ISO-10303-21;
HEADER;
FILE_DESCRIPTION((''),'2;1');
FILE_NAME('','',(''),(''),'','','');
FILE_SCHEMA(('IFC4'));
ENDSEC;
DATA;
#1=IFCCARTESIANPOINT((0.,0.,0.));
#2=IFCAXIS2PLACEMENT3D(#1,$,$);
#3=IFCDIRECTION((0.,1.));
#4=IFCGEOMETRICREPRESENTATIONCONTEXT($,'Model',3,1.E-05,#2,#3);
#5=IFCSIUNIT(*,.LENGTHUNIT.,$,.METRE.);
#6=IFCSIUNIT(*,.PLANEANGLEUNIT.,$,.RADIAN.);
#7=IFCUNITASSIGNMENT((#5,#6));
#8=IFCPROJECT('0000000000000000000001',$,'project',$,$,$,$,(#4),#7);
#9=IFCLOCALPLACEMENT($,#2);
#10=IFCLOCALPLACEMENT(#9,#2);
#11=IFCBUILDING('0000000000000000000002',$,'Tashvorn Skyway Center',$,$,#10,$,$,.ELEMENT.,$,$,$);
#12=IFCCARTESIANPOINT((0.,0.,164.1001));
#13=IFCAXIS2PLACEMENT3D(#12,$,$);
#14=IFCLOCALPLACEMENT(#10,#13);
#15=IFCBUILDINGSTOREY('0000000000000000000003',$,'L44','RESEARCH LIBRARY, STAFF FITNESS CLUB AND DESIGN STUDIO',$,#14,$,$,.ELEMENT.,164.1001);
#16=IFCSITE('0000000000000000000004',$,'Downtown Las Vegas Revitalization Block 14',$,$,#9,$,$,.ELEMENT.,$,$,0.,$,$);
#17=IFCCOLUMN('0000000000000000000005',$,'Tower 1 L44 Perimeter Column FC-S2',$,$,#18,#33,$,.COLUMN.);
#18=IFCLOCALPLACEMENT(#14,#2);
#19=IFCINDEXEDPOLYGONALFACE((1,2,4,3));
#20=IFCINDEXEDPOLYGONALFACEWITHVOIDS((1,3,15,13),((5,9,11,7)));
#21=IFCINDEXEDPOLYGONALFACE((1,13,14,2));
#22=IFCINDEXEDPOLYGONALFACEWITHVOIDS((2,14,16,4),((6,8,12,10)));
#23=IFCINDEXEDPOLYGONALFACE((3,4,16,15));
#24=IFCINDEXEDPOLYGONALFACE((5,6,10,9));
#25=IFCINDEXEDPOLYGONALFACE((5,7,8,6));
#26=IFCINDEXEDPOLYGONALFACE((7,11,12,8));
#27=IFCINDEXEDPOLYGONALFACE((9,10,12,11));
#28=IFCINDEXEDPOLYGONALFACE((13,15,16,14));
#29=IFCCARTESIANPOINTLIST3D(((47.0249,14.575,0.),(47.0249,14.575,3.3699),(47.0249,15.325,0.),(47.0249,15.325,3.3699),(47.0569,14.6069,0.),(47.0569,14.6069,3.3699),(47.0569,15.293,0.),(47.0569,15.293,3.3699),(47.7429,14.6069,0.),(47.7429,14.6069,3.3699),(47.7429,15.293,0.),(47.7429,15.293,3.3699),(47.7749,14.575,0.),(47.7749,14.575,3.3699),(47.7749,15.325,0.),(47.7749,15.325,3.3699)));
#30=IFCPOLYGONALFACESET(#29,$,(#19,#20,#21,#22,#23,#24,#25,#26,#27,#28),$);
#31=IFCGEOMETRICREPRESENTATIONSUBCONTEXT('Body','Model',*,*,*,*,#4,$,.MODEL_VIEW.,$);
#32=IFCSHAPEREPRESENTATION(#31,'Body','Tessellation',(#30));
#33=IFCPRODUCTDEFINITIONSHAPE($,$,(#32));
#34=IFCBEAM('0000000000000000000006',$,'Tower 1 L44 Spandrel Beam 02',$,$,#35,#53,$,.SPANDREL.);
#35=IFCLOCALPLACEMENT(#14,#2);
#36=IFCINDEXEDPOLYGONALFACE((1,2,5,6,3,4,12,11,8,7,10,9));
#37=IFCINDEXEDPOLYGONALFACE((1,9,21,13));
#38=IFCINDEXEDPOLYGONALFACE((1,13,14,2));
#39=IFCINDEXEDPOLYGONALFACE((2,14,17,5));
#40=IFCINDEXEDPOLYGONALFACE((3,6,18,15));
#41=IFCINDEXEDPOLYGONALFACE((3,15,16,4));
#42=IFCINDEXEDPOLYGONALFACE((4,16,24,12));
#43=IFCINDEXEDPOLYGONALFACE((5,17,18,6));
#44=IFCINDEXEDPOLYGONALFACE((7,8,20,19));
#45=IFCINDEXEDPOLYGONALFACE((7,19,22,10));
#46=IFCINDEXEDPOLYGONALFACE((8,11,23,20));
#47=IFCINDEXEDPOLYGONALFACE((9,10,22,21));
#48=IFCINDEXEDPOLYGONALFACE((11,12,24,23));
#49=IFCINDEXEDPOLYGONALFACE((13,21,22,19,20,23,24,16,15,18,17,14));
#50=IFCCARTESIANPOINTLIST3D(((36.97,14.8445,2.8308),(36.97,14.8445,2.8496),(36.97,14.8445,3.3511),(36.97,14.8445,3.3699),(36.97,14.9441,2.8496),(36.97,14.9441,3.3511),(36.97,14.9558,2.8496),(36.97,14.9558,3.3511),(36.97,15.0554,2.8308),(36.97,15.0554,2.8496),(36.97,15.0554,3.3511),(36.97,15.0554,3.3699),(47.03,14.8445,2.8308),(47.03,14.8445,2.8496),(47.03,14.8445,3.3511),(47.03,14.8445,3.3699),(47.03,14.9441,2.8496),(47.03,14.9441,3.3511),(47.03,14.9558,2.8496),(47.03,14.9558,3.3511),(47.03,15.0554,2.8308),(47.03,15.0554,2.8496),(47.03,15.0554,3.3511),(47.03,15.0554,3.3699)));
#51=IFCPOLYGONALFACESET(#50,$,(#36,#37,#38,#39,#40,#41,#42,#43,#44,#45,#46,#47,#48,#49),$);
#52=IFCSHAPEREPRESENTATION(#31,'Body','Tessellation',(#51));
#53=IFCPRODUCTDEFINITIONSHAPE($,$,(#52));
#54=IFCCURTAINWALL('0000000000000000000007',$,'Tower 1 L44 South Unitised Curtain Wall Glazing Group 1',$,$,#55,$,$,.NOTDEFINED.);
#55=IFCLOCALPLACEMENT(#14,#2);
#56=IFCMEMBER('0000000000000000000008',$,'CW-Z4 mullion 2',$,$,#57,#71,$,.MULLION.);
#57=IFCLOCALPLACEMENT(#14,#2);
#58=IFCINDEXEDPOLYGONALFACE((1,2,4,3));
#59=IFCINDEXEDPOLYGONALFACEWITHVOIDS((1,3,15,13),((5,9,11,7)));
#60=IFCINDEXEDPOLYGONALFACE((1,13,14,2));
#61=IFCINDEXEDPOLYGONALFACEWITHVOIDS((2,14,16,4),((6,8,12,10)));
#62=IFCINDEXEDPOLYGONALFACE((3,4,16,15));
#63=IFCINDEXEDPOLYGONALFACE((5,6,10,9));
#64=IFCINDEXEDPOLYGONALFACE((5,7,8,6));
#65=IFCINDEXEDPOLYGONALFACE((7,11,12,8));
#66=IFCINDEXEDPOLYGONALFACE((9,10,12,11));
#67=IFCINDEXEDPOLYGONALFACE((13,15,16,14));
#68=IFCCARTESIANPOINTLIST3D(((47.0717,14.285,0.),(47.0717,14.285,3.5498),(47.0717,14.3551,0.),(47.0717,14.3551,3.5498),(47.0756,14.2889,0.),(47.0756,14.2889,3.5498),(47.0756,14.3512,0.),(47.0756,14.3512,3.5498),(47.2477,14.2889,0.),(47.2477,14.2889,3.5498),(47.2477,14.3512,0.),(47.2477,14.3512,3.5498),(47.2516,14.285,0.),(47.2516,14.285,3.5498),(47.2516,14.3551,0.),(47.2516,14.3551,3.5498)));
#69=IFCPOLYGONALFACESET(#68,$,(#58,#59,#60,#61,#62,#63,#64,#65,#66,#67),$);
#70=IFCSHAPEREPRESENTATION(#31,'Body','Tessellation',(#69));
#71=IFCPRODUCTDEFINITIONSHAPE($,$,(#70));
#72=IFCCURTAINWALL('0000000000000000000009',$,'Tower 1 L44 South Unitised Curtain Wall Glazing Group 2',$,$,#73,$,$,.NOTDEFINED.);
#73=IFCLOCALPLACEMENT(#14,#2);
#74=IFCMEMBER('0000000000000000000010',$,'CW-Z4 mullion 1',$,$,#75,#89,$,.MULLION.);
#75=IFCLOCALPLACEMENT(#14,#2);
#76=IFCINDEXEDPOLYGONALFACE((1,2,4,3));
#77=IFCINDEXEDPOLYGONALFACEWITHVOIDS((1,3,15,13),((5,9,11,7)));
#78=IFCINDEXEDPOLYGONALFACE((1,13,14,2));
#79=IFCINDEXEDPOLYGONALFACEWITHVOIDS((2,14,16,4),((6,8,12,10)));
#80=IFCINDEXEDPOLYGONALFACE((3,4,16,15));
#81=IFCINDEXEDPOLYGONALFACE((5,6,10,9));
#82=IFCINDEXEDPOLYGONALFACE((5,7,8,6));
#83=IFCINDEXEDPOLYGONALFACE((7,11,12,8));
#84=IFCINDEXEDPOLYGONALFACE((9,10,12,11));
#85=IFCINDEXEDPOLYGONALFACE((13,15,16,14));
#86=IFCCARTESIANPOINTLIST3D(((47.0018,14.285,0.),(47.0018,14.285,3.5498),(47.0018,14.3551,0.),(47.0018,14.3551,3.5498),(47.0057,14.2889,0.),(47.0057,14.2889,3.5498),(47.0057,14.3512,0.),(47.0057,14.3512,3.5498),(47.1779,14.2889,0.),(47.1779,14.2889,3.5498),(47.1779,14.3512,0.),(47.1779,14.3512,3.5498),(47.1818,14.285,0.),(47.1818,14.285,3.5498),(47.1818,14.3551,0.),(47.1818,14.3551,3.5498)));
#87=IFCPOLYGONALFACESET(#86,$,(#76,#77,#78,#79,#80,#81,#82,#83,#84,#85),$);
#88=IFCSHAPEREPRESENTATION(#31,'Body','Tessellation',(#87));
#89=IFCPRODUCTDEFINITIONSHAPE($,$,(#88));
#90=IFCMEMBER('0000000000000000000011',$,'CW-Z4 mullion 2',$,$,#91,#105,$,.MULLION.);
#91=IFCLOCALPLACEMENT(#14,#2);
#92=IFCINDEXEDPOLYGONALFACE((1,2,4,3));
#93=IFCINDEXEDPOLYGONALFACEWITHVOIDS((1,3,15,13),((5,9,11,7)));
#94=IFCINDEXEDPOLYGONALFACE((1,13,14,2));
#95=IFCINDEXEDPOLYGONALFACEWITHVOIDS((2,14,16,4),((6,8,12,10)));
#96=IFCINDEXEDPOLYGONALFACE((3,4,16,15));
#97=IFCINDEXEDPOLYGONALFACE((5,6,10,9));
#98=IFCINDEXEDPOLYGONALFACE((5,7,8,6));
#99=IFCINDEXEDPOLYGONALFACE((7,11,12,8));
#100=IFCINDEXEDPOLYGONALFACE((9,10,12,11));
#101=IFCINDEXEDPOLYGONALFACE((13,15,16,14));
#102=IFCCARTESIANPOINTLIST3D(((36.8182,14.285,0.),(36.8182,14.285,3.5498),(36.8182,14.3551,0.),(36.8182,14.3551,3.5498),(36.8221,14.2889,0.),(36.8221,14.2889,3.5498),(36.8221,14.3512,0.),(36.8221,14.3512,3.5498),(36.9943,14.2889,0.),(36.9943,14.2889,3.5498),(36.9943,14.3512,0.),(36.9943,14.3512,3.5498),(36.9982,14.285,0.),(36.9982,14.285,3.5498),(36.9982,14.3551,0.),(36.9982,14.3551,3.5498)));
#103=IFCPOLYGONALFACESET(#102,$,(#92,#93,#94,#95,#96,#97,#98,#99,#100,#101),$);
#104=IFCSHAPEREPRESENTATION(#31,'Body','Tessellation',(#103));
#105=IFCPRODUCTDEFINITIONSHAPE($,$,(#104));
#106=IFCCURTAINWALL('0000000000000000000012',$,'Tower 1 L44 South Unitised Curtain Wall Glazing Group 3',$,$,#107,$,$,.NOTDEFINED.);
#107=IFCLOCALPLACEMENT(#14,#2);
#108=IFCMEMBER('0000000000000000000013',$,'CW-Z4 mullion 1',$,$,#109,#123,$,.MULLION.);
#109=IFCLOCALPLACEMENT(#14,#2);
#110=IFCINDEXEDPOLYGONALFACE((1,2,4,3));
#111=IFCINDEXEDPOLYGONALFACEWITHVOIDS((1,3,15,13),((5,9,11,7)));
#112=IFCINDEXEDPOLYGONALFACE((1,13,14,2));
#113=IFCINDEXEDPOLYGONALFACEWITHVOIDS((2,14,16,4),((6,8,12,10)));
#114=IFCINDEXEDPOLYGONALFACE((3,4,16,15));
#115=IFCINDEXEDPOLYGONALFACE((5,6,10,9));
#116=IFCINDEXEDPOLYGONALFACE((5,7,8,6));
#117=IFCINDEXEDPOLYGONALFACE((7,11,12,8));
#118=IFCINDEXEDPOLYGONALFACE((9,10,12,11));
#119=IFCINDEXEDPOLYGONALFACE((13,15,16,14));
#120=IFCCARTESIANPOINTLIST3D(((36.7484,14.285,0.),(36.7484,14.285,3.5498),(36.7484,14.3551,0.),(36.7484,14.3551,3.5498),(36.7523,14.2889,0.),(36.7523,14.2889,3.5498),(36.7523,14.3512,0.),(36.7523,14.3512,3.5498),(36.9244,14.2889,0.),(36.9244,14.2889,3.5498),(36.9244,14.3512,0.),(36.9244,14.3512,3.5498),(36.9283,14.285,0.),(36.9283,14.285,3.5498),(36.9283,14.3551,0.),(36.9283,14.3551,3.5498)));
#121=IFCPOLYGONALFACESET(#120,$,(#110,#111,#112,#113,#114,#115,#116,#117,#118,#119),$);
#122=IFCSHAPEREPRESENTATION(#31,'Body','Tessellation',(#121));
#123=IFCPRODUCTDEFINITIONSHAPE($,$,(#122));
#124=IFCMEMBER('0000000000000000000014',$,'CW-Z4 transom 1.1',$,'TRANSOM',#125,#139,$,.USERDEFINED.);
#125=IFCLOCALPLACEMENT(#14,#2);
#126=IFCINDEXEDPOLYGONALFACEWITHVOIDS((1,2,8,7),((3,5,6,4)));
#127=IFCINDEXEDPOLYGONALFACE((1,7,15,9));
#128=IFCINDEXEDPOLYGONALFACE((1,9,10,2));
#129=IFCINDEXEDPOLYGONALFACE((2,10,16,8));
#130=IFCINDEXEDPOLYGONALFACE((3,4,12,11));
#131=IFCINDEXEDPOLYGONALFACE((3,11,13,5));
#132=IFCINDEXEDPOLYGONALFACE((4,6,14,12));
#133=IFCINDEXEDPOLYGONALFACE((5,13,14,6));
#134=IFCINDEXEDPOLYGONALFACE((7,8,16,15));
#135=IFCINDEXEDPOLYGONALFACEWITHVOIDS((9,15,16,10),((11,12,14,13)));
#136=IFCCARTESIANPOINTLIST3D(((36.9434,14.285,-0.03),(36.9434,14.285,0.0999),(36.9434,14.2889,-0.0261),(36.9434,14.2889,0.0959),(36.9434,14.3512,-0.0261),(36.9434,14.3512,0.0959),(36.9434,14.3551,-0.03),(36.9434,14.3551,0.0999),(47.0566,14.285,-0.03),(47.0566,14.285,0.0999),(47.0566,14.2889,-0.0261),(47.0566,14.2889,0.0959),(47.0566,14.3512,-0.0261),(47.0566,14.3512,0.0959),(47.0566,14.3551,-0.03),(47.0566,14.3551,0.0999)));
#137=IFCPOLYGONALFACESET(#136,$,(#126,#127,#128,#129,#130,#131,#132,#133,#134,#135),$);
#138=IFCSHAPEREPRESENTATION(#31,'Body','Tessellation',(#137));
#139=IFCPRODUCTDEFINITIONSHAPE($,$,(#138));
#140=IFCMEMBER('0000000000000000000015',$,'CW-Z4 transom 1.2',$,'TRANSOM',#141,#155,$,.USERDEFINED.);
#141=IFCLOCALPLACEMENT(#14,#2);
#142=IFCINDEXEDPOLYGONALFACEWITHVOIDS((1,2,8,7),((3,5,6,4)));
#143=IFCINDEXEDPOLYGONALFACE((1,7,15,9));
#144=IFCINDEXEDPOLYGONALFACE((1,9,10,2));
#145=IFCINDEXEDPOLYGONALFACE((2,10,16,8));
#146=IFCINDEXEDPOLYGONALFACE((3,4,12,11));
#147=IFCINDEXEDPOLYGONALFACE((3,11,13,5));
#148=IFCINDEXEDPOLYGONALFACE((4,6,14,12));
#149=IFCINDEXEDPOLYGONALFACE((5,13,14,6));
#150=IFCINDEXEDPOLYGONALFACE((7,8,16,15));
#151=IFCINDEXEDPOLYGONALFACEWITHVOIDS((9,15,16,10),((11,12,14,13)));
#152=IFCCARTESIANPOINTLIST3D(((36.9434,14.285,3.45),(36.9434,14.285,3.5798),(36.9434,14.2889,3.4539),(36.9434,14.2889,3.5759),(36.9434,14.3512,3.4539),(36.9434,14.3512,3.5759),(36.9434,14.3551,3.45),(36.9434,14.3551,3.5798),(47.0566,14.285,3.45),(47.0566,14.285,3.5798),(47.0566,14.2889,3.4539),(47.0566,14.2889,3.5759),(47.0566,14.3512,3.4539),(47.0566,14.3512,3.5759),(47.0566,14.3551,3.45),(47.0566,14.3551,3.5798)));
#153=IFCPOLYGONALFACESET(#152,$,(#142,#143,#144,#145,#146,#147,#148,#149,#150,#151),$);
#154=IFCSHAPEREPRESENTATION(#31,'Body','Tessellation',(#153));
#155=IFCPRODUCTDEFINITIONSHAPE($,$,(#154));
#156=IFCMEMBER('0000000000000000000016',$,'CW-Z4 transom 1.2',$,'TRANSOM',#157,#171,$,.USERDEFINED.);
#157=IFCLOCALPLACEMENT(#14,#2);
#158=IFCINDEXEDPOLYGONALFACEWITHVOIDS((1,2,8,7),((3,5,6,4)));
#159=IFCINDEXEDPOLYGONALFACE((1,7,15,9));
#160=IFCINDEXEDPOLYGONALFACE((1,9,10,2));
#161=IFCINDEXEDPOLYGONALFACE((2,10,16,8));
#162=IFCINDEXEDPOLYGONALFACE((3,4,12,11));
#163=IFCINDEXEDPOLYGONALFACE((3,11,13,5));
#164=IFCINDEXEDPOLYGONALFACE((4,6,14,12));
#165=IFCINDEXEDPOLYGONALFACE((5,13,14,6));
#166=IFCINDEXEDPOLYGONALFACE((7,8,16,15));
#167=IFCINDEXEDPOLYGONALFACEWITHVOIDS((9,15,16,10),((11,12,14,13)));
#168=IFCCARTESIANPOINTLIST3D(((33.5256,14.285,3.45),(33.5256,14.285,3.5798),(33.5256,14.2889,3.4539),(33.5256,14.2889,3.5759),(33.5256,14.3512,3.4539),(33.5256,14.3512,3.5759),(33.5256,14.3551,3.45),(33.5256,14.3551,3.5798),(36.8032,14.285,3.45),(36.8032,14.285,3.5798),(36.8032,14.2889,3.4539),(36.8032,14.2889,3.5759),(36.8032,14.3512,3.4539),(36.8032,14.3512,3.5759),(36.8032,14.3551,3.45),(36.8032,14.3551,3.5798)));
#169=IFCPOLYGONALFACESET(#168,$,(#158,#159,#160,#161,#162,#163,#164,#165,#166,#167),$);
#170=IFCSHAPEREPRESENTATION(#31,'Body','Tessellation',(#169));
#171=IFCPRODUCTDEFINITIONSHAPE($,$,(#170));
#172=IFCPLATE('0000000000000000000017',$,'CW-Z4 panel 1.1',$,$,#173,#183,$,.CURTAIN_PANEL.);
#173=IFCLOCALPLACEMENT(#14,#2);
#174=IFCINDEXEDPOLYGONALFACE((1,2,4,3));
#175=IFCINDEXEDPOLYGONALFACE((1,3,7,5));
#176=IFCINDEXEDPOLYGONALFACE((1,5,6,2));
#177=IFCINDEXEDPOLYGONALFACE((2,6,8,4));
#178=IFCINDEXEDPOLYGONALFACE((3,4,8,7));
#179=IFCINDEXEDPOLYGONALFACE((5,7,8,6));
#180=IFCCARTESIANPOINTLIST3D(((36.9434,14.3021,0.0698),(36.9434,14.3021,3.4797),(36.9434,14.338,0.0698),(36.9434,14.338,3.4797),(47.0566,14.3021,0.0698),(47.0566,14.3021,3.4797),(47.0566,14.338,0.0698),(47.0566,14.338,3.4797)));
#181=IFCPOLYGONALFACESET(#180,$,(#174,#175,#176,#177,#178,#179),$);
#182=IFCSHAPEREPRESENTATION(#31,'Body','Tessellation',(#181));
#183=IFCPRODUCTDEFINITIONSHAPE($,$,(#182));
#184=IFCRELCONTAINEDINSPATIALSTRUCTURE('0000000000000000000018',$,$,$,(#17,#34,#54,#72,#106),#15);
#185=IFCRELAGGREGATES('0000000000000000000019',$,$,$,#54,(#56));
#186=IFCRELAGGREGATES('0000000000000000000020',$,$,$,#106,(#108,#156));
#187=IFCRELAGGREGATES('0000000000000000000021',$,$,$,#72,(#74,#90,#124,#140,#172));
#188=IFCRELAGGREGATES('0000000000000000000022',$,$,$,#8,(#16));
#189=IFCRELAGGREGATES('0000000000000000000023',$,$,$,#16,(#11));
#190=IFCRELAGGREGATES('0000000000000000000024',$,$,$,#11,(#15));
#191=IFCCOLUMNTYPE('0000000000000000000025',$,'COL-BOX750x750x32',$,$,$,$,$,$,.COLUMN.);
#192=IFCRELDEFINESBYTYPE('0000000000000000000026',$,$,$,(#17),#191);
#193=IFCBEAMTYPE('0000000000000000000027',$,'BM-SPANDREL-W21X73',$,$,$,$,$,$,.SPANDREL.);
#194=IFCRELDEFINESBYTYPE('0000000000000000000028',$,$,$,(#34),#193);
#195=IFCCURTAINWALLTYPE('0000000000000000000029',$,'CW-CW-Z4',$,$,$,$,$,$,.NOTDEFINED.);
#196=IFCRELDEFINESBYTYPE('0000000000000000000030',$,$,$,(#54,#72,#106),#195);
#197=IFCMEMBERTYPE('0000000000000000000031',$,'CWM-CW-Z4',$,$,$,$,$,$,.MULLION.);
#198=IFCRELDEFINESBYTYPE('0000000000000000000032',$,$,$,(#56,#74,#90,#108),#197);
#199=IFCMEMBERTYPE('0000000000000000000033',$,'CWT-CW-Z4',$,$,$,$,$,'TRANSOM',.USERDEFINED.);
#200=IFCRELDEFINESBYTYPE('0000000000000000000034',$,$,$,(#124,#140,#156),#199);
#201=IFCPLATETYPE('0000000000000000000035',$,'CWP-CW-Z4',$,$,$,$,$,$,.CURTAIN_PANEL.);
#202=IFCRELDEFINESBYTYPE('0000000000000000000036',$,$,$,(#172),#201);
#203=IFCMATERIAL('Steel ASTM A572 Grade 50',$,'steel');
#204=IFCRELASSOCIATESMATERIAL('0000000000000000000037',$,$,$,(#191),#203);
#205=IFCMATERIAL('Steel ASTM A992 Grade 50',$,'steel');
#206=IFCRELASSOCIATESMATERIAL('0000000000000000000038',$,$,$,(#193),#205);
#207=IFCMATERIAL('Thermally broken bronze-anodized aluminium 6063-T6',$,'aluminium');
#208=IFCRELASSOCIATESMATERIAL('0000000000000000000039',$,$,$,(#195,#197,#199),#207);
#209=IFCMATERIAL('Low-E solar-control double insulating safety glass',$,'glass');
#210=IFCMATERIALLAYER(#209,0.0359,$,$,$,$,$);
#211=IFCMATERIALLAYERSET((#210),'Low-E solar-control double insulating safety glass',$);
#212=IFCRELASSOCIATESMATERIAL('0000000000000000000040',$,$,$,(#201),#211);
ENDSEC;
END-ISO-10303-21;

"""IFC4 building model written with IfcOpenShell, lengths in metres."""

from ifc_helpers import new_model, si_unit, direction, frame, origin, origin_2d, place, context, subcontext, project, spatial, rectangle, hollow_rectangle, i_section, extrude, material, layer, layer_set, material_profile, profile_set, type_object, element, aggregate, save


model = new_model("IFC4")

# Units and contexts
model_context = context("Model", 3, precision=1e-05, world=origin(), true_north=direction((0.0, 1.0)))
body_context = subcontext(model_context, "Body", "Model", "MODEL_VIEW")
ifc_project = project(units=[si_unit("LENGTHUNIT", "METRE"), si_unit("PLANEANGLEUNIT", "RADIAN")], contexts=[model_context])

# Site, building, storey
site_placement = place(None, origin())
site = spatial("IfcSite", under=ifc_project, at=site_placement, Name="Downtown Las Vegas Revitalization Block 14", CompositionType="ELEMENT", RefElevation=0.0)
building_placement = place(site_placement, origin())
building = spatial("IfcBuilding", under=site, at=building_placement, Name="Tashvorn Skyway Center", CompositionType="ELEMENT")
storey_placement = place(building_placement, frame((0.0, 0.0, 164.1001)))
storey = spatial("IfcBuildingStorey", under=building, at=storey_placement, Name="L44", Description="RESEARCH LIBRARY, STAFF FITNESS CLUB AND DESIGN STUDIO", CompositionType="ELEMENT", Elevation=164.1001)

# Column
ifc_material_1 = material(Name="Steel ASTM A572 Grade 50", Category="steel")
ifc_material_profile_1 = material_profile(ifc_material_1, hollow_rectangle(XDim=0.75, YDim=0.75, WallThickness=0.032, at=origin_2d()), Name="BOX750x750x32")
ifc_profile_set_1 = profile_set([ifc_material_profile_1], Name="Steel ASTM A572 Grade 50")
column_type = type_object("IfcColumnType", Name="COL-BOX750x750x32", PredefinedType="COLUMN", material=ifc_profile_set_1)
column_placement = place(storey_placement, frame((47.3999, 14.95, 0.0), z_axis=(0.0, 0.0, 1.0), x_axis=(1.0, 0.0, 0.0)))
element("IfcColumn", 1, at=column_placement, inside=storey, type_object=column_type, Name="Tower 1 L44 Perimeter Column FC-S2", PredefinedType="COLUMN", context=body_context, shape_type="SweptSolid", body=[
    extrude(hollow_rectangle(XDim=0.75, YDim=0.75, WallThickness=0.032, at=origin_2d()), origin(), (0.0, 0.0, 1.0), 3.3699),
])

# Beam
ifc_material_2 = material(Name="Steel ASTM A992 Grade 50", Category="steel")
ifc_material_profile_2 = material_profile(ifc_material_2, i_section(OverallWidth=0.2109, OverallDepth=0.5391, WebThickness=0.0117, FlangeThickness=0.0188, at=origin_2d()), Name="W21X73")
ifc_profile_set_2 = profile_set([ifc_material_profile_2], Name="Steel ASTM A992 Grade 50")
beam_type = type_object("IfcBeamType", Name="BM-SPANDREL-W21X73", PredefinedType="SPANDREL", material=ifc_profile_set_2)
beam_placement = place(storey_placement, frame((36.97, 14.95, 3.1003), z_axis=(1.0, 0.0, 0.0), x_axis=(0.0, 1.0, 0.0)))
element("IfcBeam", 2, at=beam_placement, inside=storey, type_object=beam_type, Name="Tower 1 L44 Spandrel Beam 02", PredefinedType="SPANDREL", context=body_context, shape_type="SweptSolid", body=[
    extrude(i_section(OverallWidth=0.2109, OverallDepth=0.5391, WebThickness=0.0117, FlangeThickness=0.0188, at=origin_2d()), origin(), (0.0, 0.0, 1.0), 10.0601),
])

# Curtain wall, member
ifc_material_3 = material(Name="Thermally broken bronze-anodized aluminium 6063-T6", Category="aluminium")
curtain_wall_type = type_object("IfcCurtainWallType", Name="CW-CW-Z4", PredefinedType="NOTDEFINED", material=ifc_material_3)
curtain_wall_1_placement = place(storey_placement, origin())
curtain_wall_1 = element("IfcCurtainWall", 3, at=curtain_wall_1_placement, inside=storey, type_object=curtain_wall_type, Name="Tower 1 L44 South Unitised Curtain Wall Glazing Group 1", PredefinedType="NOTDEFINED")
ifc_material_profile_3 = material_profile(ifc_material_3, hollow_rectangle(XDim=0.0701, YDim=0.1799, WallThickness=0.0039, at=origin_2d()), Name="ALU-MULL-70x180")
ifc_profile_set_3 = profile_set([ifc_material_profile_3], Name="Thermally broken bronze-anodized aluminium 6063-T6")
member_type_1 = type_object("IfcMemberType", Name="CWM-CW-Z4", PredefinedType="MULLION", material=ifc_profile_set_3)
member_1_placement = place(storey_placement, frame((47.1616, 14.3201, 0.0), z_axis=(0.0, 0.0, 1.0), x_axis=(0.0, -1.0, 0.0)))
member_1 = element("IfcMember", 4, at=member_1_placement, type_object=member_type_1, Name="CW-Z4 mullion 2", PredefinedType="MULLION", context=body_context, shape_type="SweptSolid", body=[
    extrude(hollow_rectangle(XDim=0.0701, YDim=0.1799, WallThickness=0.0039, at=origin_2d()), origin(), (0.0, 0.0, 1.0), 3.5498),
])
aggregate(curtain_wall_1, [member_1])

# Curtain wall, members
curtain_wall_2_placement = place(storey_placement, origin())
curtain_wall_2 = element("IfcCurtainWall", 5, at=curtain_wall_2_placement, inside=storey, type_object=curtain_wall_type, Name="Tower 1 L44 South Unitised Curtain Wall Glazing Group 2", PredefinedType="NOTDEFINED")
member_2_placement = place(storey_placement, frame((47.0918, 14.3201, 0.0), z_axis=(0.0, 0.0, 1.0), x_axis=(0.0, -1.0, 0.0)))
member_2 = element("IfcMember", 6, at=member_2_placement, type_object=member_type_1, Name="CW-Z4 mullion 1", PredefinedType="MULLION", context=body_context, shape_type="SweptSolid", body=[
    extrude(hollow_rectangle(XDim=0.0701, YDim=0.1799, WallThickness=0.0039, at=origin_2d()), origin(), (0.0, 0.0, 1.0), 3.5498),
])
member_3_placement = place(storey_placement, frame((36.9082, 14.3201, 0.0), z_axis=(0.0, 0.0, 1.0), x_axis=(0.0, -1.0, 0.0)))
member_3 = element("IfcMember", 7, at=member_3_placement, type_object=member_type_1, Name="CW-Z4 mullion 2", PredefinedType="MULLION", context=body_context, shape_type="SweptSolid", body=[
    extrude(hollow_rectangle(XDim=0.0701, YDim=0.1799, WallThickness=0.0039, at=origin_2d()), origin(), (0.0, 0.0, 1.0), 3.5498),
])

# Curtain wall, member
curtain_wall_3_placement = place(storey_placement, origin())
curtain_wall_3 = element("IfcCurtainWall", 8, at=curtain_wall_3_placement, inside=storey, type_object=curtain_wall_type, Name="Tower 1 L44 South Unitised Curtain Wall Glazing Group 3", PredefinedType="NOTDEFINED")
member_4_placement = place(storey_placement, frame((36.8384, 14.3201, 0.0), z_axis=(0.0, 0.0, 1.0), x_axis=(0.0, -1.0, 0.0)))
member_4 = element("IfcMember", 9, at=member_4_placement, type_object=member_type_1, Name="CW-Z4 mullion 1", PredefinedType="MULLION", context=body_context, shape_type="SweptSolid", body=[
    extrude(hollow_rectangle(XDim=0.0701, YDim=0.1799, WallThickness=0.0039, at=origin_2d()), origin(), (0.0, 0.0, 1.0), 3.5498),
])

# Members
ifc_material_profile_4 = material_profile(ifc_material_3, hollow_rectangle(XDim=0.0701, YDim=0.1299, WallThickness=0.0039, at=origin_2d()), Name="ALU-TRAN-70x130")
ifc_profile_set_4 = profile_set([ifc_material_profile_4], Name="Thermally broken bronze-anodized aluminium 6063-T6")
member_type_2 = type_object("IfcMemberType", Name="CWT-CW-Z4", ElementType="TRANSOM", PredefinedType="USERDEFINED", material=ifc_profile_set_4)
member_5_placement = place(storey_placement, frame((47.0566, 14.3201, 0.0349), z_axis=(-1.0, 0.0, 0.0), x_axis=(0.0, -1.0, 0.0)))
member_5 = element("IfcMember", 10, at=member_5_placement, type_object=member_type_2, Name="CW-Z4 transom 1.1", ObjectType="TRANSOM", PredefinedType="USERDEFINED", context=body_context, shape_type="SweptSolid", body=[
    extrude(hollow_rectangle(XDim=0.0701, YDim=0.1299, WallThickness=0.0039, at=origin_2d()), origin(), (0.0, 0.0, 1.0), 10.1133),
])
member_6_placement = place(storey_placement, frame((47.0566, 14.3201, 3.5149), z_axis=(-1.0, 0.0, 0.0), x_axis=(0.0, -1.0, 0.0)))
member_6 = element("IfcMember", 11, at=member_6_placement, type_object=member_type_2, Name="CW-Z4 transom 1.2", ObjectType="TRANSOM", PredefinedType="USERDEFINED", context=body_context, shape_type="SweptSolid", body=[
    extrude(hollow_rectangle(XDim=0.0701, YDim=0.1299, WallThickness=0.0039, at=origin_2d()), origin(), (0.0, 0.0, 1.0), 10.1133),
])
member_7_placement = place(storey_placement, frame((36.8032, 14.3201, 3.5149), z_axis=(-1.0, 0.0, 0.0), x_axis=(0.0, -1.0, 0.0)))
member_7 = element("IfcMember", 12, at=member_7_placement, type_object=member_type_2, Name="CW-Z4 transom 1.2", ObjectType="TRANSOM", PredefinedType="USERDEFINED", context=body_context, shape_type="SweptSolid", body=[
    extrude(hollow_rectangle(XDim=0.0701, YDim=0.1299, WallThickness=0.0039, at=origin_2d()), origin(), (0.0, 0.0, 1.0), 3.2776),
])
aggregate(curtain_wall_3, [member_4, member_7])

# Plate
ifc_material_4 = material(Name="Low-E solar-control double insulating safety glass", Category="glass")
ifc_layer_1 = layer(ifc_material_4, 0.0359)
ifc_layer_set_1 = layer_set([ifc_layer_1], Name="Low-E solar-control double insulating safety glass")
plate_type = type_object("IfcPlateType", Name="CWP-CW-Z4", PredefinedType="CURTAIN_PANEL", material=ifc_layer_set_1)
plate_placement = place(storey_placement, frame((42.0, 14.3201, 0.0698), z_axis=(0.0, 0.0, 1.0), x_axis=(-1.0, 0.0, 0.0)))
plate = element("IfcPlate", 13, at=plate_placement, type_object=plate_type, Name="CW-Z4 panel 1.1", PredefinedType="CURTAIN_PANEL", context=body_context, shape_type="SweptSolid", body=[
    extrude(rectangle(XDim=10.1133, YDim=0.0359, at=origin_2d()), origin(), (0.0, 0.0, 1.0), 3.4099),
])
aggregate(curtain_wall_2, [member_2, member_3, member_5, member_6, plate])

save(model, "model.ifc")
